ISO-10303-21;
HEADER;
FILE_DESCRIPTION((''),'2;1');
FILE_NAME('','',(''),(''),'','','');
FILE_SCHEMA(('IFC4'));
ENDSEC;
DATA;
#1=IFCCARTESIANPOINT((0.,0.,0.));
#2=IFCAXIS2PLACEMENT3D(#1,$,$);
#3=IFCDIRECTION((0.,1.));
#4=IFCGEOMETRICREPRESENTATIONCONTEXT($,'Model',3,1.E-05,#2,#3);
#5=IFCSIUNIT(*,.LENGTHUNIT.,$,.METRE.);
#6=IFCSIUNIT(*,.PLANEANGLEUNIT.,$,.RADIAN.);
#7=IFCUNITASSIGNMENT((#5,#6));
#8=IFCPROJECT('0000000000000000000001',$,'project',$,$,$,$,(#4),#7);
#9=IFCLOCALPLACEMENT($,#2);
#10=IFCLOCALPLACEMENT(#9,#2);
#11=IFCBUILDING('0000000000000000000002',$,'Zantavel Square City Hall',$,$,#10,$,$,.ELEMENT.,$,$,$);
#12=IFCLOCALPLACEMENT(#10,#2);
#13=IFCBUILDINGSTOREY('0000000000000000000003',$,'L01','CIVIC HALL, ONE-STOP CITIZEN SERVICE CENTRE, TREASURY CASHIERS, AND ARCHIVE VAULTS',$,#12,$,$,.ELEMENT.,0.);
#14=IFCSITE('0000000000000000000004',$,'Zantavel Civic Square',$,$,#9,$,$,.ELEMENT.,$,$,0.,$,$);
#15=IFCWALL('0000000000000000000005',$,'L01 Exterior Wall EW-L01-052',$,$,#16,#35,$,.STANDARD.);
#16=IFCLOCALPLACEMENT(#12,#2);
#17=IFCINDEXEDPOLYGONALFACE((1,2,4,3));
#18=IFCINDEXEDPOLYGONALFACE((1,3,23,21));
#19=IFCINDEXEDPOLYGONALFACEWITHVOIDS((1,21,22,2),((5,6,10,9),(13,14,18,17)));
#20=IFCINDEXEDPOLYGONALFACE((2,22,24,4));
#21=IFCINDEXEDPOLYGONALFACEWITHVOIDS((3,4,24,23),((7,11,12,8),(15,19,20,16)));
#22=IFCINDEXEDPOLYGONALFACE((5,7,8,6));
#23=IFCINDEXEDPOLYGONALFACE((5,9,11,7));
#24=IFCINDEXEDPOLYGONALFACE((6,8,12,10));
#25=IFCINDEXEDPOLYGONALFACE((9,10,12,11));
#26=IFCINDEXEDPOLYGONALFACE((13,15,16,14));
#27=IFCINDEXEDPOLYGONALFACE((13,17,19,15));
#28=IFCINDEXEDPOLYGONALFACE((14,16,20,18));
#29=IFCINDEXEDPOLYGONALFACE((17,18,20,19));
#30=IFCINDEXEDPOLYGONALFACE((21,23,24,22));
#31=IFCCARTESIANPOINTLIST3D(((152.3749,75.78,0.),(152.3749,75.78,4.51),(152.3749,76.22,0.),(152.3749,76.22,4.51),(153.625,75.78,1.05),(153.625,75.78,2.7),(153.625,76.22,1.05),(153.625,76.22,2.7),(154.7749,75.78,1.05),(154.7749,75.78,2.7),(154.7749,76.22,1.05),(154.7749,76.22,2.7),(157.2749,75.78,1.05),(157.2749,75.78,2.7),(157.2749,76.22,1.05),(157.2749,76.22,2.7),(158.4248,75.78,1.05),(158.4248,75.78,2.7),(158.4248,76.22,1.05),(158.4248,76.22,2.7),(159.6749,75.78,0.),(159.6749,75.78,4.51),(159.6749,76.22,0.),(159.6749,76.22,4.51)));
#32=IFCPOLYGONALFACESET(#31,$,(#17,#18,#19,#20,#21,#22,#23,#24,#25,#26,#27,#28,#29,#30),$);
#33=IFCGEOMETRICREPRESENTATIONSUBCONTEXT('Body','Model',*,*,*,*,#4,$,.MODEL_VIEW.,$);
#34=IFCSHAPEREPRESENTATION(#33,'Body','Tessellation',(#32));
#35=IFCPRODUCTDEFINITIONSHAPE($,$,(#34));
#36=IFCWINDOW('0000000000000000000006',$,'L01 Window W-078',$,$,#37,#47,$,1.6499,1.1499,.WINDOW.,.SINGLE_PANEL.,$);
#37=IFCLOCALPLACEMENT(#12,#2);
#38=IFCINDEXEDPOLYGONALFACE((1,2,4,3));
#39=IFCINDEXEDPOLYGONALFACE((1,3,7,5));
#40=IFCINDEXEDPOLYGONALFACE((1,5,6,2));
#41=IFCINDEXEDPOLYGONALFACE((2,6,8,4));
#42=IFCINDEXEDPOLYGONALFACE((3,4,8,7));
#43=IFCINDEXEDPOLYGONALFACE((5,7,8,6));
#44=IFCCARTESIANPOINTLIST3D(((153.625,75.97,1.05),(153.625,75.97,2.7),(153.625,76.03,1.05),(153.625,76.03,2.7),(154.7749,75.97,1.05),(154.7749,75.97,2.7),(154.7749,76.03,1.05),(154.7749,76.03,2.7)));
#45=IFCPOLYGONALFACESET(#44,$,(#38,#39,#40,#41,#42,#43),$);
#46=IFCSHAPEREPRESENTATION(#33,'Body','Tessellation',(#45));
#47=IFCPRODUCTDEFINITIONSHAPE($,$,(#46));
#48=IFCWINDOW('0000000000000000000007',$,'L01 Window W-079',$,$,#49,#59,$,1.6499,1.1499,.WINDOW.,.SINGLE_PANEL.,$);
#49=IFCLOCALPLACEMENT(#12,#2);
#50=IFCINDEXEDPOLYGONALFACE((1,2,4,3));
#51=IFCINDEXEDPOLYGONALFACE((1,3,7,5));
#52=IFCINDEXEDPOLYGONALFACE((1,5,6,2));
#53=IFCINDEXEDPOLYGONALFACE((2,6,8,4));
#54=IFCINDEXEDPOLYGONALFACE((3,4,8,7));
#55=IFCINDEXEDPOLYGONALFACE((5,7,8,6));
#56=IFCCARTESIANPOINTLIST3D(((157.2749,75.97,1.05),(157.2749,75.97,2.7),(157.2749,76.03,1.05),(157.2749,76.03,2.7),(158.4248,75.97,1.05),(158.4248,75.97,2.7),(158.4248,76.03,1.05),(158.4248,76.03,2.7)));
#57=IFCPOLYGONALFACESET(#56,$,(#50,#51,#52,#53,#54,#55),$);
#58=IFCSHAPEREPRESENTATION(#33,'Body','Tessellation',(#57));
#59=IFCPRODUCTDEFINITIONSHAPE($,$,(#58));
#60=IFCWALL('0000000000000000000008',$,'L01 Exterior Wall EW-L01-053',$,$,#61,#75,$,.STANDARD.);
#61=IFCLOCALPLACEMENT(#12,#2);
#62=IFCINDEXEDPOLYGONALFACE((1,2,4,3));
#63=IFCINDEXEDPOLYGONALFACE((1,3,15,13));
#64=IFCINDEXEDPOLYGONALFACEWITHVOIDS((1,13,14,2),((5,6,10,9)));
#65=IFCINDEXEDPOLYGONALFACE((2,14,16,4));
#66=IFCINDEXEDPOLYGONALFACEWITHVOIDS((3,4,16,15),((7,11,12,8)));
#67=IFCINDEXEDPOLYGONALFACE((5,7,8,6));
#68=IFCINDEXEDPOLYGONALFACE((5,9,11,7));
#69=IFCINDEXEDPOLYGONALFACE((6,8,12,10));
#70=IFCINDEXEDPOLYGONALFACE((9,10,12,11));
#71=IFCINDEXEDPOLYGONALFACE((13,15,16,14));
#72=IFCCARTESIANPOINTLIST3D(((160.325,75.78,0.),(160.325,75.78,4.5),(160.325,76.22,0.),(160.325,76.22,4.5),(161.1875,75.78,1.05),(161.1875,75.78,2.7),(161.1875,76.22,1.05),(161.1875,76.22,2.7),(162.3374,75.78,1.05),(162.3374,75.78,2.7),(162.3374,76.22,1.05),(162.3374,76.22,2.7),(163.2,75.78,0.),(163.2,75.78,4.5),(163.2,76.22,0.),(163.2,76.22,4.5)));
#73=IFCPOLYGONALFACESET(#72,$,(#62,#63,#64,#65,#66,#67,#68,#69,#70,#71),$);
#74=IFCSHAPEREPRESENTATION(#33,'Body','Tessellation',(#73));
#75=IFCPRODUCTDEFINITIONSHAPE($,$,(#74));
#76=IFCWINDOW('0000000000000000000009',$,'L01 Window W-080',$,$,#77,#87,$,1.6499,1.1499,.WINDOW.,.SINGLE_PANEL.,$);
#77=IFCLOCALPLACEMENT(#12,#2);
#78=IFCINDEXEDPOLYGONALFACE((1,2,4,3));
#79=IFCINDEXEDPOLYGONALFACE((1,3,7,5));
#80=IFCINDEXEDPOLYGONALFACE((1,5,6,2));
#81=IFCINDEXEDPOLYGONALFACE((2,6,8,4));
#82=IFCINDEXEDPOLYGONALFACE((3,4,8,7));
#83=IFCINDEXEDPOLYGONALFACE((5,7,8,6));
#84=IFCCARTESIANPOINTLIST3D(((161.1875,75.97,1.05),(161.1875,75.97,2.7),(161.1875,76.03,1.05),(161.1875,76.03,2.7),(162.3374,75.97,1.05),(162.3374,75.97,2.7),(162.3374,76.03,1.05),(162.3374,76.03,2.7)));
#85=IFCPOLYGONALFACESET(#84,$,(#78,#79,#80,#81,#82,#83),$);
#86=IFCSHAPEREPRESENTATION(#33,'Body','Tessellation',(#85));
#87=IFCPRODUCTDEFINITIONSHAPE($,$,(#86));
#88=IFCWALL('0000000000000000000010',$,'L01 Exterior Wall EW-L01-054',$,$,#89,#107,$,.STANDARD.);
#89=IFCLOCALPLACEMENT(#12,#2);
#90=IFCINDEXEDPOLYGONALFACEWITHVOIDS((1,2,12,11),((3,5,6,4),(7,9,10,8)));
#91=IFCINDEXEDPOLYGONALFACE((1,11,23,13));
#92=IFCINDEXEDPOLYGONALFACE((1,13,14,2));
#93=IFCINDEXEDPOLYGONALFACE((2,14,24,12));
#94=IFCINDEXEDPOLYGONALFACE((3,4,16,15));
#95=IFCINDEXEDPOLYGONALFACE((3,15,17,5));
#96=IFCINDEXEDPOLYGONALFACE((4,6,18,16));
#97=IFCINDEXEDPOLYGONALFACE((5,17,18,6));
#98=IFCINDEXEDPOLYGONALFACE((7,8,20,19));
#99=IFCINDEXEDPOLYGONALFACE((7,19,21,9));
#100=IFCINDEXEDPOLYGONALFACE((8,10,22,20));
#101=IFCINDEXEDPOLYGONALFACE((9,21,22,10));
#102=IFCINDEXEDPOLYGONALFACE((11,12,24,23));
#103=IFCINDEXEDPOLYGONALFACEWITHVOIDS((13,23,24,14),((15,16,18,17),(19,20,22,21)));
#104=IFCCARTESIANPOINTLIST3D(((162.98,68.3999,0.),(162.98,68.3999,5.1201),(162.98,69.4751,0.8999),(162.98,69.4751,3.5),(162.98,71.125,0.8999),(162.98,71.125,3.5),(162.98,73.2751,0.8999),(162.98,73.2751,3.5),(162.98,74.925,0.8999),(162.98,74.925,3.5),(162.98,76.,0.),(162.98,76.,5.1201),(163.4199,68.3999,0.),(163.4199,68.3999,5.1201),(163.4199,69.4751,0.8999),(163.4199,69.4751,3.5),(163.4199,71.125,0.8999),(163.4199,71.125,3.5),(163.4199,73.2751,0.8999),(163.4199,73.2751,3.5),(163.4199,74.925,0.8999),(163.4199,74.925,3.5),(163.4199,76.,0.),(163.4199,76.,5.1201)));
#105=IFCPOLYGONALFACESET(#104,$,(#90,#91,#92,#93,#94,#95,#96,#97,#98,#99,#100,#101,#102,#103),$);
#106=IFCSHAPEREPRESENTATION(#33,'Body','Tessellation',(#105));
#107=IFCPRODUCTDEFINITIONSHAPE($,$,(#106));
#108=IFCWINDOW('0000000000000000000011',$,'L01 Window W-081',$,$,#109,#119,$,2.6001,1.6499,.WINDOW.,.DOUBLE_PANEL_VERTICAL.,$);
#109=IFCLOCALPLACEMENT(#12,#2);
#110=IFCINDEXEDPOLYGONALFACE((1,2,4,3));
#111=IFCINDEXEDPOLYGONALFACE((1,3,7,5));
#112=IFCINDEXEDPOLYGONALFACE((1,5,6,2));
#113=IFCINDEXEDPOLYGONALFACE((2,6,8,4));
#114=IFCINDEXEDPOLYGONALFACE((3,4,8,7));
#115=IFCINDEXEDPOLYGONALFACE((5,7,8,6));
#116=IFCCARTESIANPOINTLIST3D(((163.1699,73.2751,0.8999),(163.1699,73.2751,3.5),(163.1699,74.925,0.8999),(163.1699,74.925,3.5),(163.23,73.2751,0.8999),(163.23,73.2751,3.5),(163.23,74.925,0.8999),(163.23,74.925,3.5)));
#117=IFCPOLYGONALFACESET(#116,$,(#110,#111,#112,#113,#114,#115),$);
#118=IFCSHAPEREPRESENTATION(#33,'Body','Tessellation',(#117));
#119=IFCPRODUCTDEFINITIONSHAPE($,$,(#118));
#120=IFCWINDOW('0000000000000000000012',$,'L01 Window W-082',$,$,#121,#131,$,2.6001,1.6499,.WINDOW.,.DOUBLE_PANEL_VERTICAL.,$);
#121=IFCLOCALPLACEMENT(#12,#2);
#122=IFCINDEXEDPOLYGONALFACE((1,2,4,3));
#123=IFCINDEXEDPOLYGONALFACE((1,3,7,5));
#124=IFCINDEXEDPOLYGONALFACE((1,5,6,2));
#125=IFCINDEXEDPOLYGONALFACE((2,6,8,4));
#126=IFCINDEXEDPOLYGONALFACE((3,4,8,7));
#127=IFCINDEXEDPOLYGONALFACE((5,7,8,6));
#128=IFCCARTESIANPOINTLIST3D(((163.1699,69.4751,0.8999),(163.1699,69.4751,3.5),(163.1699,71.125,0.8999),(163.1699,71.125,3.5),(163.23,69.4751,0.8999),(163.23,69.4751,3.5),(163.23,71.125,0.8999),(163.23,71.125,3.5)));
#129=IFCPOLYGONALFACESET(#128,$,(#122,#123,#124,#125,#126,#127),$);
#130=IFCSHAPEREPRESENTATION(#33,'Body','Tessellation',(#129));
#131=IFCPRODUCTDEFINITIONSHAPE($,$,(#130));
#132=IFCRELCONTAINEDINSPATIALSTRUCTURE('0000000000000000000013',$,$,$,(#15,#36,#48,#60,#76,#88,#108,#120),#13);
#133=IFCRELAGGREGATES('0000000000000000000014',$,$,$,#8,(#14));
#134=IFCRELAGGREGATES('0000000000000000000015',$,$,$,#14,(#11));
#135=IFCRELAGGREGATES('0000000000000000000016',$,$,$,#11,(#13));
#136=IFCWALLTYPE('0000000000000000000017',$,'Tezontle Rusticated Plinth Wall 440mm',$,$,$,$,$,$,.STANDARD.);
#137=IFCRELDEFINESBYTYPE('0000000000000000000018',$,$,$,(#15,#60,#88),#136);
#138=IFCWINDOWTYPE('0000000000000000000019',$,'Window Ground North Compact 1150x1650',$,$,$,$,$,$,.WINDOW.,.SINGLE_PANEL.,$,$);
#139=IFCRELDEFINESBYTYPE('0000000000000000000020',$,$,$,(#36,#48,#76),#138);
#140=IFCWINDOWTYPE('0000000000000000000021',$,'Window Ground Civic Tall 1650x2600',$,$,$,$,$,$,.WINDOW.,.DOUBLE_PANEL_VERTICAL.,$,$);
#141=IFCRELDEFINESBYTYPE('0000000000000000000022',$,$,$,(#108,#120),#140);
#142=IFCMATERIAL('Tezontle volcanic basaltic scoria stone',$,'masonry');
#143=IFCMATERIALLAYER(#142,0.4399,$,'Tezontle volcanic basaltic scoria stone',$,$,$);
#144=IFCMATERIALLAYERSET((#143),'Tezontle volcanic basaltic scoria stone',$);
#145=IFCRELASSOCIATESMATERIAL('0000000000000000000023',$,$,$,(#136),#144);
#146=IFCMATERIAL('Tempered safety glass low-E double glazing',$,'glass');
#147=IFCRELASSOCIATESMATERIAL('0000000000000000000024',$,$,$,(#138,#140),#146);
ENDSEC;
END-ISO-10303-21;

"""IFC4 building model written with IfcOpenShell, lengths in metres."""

from ifc_helpers import new_model, si_unit, direction, frame, frame_2d, origin, place, context, subcontext, project, spatial, rectangle, extrude, material, layer, layer_set, type_object, element, fill, save


model = new_model("IFC4")

# Units and contexts
model_context = context("Model", 3, precision=1e-05, world=origin(), true_north=direction((0.0, 1.0)))
body_context = subcontext(model_context, "Body", "Model", "MODEL_VIEW")
ifc_project = project(units=[si_unit("LENGTHUNIT", "METRE"), si_unit("PLANEANGLEUNIT", "RADIAN")], contexts=[model_context])

# Site, building, storey
site_placement = place(None, origin())
site = spatial("IfcSite", under=ifc_project, at=site_placement, Name="Zantavel Civic Square", CompositionType="ELEMENT", RefElevation=0.0)
building_placement = place(site_placement, origin())
building = spatial("IfcBuilding", under=site, at=building_placement, Name="Zantavel Square City Hall", CompositionType="ELEMENT")
storey_placement = place(building_placement, origin())
storey = spatial("IfcBuildingStorey", under=building, at=storey_placement, Name="L01", Description="CIVIC HALL, ONE-STOP CITIZEN SERVICE CENTRE, TREASURY CASHIERS, AND ARCHIVE VAULTS", CompositionType="ELEMENT", Elevation=0.0)

# Wall, openings, windows
ifc_material_1 = material(Name="Tezontle volcanic basaltic scoria stone", Category="masonry")
ifc_layer_1 = layer(ifc_material_1, 0.4399, Name="Tezontle volcanic basaltic scoria stone")
ifc_layer_set_1 = layer_set([ifc_layer_1], Name="Tezontle volcanic basaltic scoria stone")
wall_type_1 = type_object("IfcWallType", Name="Tezontle Rusticated Plinth Wall 440mm", PredefinedType="STANDARD", material=ifc_layer_set_1)
wall_1_placement = place(storey_placement, frame((152.375, 76.0, 0.0), z_axis=(0.0, 0.0, 1.0), x_axis=(1.0, 0.0, 0.0)))
wall_1 = element("IfcWall", 1, at=wall_1_placement, inside=storey, type_object=wall_type_1, Name="L01 Exterior Wall EW-L01-052", PredefinedType="STANDARD", context=body_context, shape_type="SweptSolid", body=[
    extrude(rectangle(XDim=7.3, YDim=0.4399, at=frame_2d((3.6499, 0.0))), origin(), (0.0, 0.0, 1.0), 4.51),
])
opening_1_placement = place(wall_1_placement, frame((1.25, 0.0, 1.05)))
opening_1 = element("IfcOpeningElement", 2, at=opening_1_placement, cuts=wall_1, PredefinedType="OPENING", context=body_context, shape_type="SweptSolid", body=[
    extrude(rectangle(XDim=1.1499, YDim=1.6499, at=frame_2d((0.575, 0.825))), frame((0.0, 0.23, 0.0), z_axis=(0.0, -1.0, 0.0), x_axis=(1.0, 0.0, 0.0)), (0.0, 0.0, 1.0), 0.46),
])
opening_2_placement = place(wall_1_placement, frame((4.8999, 0.0, 1.05)))
opening_2 = element("IfcOpeningElement", 3, at=opening_2_placement, cuts=wall_1, PredefinedType="OPENING", context=body_context, shape_type="SweptSolid", body=[
    extrude(rectangle(XDim=1.1499, YDim=1.6499, at=frame_2d((0.575, 0.825))), frame((0.0, 0.23, 0.0), z_axis=(0.0, -1.0, 0.0), x_axis=(1.0, 0.0, 0.0)), (0.0, 0.0, 1.0), 0.46),
])
ifc_material_2 = material(Name="Tempered safety glass low-E double glazing", Category="glass")
window_type_1 = type_object("IfcWindowType", Name="Window Ground North Compact 1150x1650", PartitioningType="SINGLE_PANEL", PredefinedType="WINDOW", material=ifc_material_2)
window_1_placement = place(opening_1_placement, origin())
window_1 = element("IfcWindow", 4, at=window_1_placement, inside=storey, type_object=window_type_1, Name="L01 Window W-078", OverallHeight=1.6499, OverallWidth=1.1499, PartitioningType="SINGLE_PANEL", PredefinedType="WINDOW", context=body_context, shape_type="SweptSolid", body=[
    extrude(rectangle(XDim=1.1499, YDim=1.6499, at=frame_2d((0.575, 0.825))), frame((0.0, 0.03, 0.0), z_axis=(0.0, -1.0, 0.0), x_axis=(1.0, 0.0, 0.0)), (0.0, 0.0, 1.0), 0.0601),
])
fill(opening_1, window_1)
window_2_placement = place(opening_2_placement, origin())
window_2 = element("IfcWindow", 5, at=window_2_placement, inside=storey, type_object=window_type_1, Name="L01 Window W-079", OverallHeight=1.6499, OverallWidth=1.1499, PartitioningType="SINGLE_PANEL", PredefinedType="WINDOW", context=body_context, shape_type="SweptSolid", body=[
    extrude(rectangle(XDim=1.1499, YDim=1.6499, at=frame_2d((0.575, 0.825))), frame((0.0, 0.03, 0.0), z_axis=(0.0, -1.0, 0.0), x_axis=(1.0, 0.0, 0.0)), (0.0, 0.0, 1.0), 0.0601),
])
fill(opening_2, window_2)

# Wall, opening, window
wall_2_placement = place(storey_placement, frame((160.325, 76.0, 0.0), z_axis=(0.0, 0.0, 1.0), x_axis=(1.0, 0.0, 0.0)))
wall_2 = element("IfcWall", 6, at=wall_2_placement, inside=storey, type_object=wall_type_1, Name="L01 Exterior Wall EW-L01-053", PredefinedType="STANDARD", context=body_context, shape_type="SweptSolid", body=[
    extrude(rectangle(XDim=2.875, YDim=0.4399, at=frame_2d((1.4375, 0.0))), origin(), (0.0, 0.0, 1.0), 4.5),
])
opening_3_placement = place(wall_2_placement, frame((0.8625, 0.0, 1.05)))
opening_3 = element("IfcOpeningElement", 7, at=opening_3_placement, cuts=wall_2, PredefinedType="OPENING", context=body_context, shape_type="SweptSolid", body=[
    extrude(rectangle(XDim=1.1499, YDim=1.6499, at=frame_2d((0.575, 0.825))), frame((0.0, 0.23, 0.0), z_axis=(0.0, -1.0, 0.0), x_axis=(1.0, 0.0, 0.0)), (0.0, 0.0, 1.0), 0.46),
])
window_3_placement = place(opening_3_placement, origin())
window_3 = element("IfcWindow", 8, at=window_3_placement, inside=storey, type_object=window_type_1, Name="L01 Window W-080", OverallHeight=1.6499, OverallWidth=1.1499, PartitioningType="SINGLE_PANEL", PredefinedType="WINDOW", context=body_context, shape_type="SweptSolid", body=[
    extrude(rectangle(XDim=1.1499, YDim=1.6499, at=frame_2d((0.575, 0.825))), frame((0.0, 0.03, 0.0), z_axis=(0.0, -1.0, 0.0), x_axis=(1.0, 0.0, 0.0)), (0.0, 0.0, 1.0), 0.0601),
])
fill(opening_3, window_3)

# Wall, openings, windows
wall_3_placement = place(storey_placement, frame((163.2, 76.0, 0.0), z_axis=(0.0, 0.0, 1.0), x_axis=(0.0, -1.0, 0.0)))
wall_3 = element("IfcWall", 9, at=wall_3_placement, inside=storey, type_object=wall_type_1, Name="L01 Exterior Wall EW-L01-054", PredefinedType="STANDARD", context=body_context, shape_type="SweptSolid", body=[
    extrude(rectangle(XDim=7.6001, YDim=0.4399, at=frame_2d((3.8, 0.0))), origin(), (0.0, 0.0, 1.0), 5.1201),
])
opening_4_placement = place(wall_3_placement, frame((1.075, 0.0, 0.8999)))
opening_4 = element("IfcOpeningElement", 10, at=opening_4_placement, cuts=wall_3, PredefinedType="OPENING", context=body_context, shape_type="SweptSolid", body=[
    extrude(rectangle(XDim=1.6499, YDim=2.6001, at=frame_2d((0.825, 1.3))), frame((0.0, 0.23, 0.0), z_axis=(0.0, -1.0, 0.0), x_axis=(1.0, 0.0, 0.0)), (0.0, 0.0, 1.0), 0.46),
])
opening_5_placement = place(wall_3_placement, frame((4.875, 0.0, 0.8999)))
opening_5 = element("IfcOpeningElement", 11, at=opening_5_placement, cuts=wall_3, PredefinedType="OPENING", context=body_context, shape_type="SweptSolid", body=[
    extrude(rectangle(XDim=1.6499, YDim=2.6001, at=frame_2d((0.825, 1.3))), frame((0.0, 0.23, 0.0), z_axis=(0.0, -1.0, 0.0), x_axis=(1.0, 0.0, 0.0)), (0.0, 0.0, 1.0), 0.46),
])
window_type_2 = type_object("IfcWindowType", Name="Window Ground Civic Tall 1650x2600", PartitioningType="DOUBLE_PANEL_VERTICAL", PredefinedType="WINDOW", material=ifc_material_2)
window_4_placement = place(opening_4_placement, origin())
window_4 = element("IfcWindow", 12, at=window_4_placement, inside=storey, type_object=window_type_2, Name="L01 Window W-081", OverallHeight=2.6001, OverallWidth=1.6499, PartitioningType="DOUBLE_PANEL_VERTICAL", PredefinedType="WINDOW", context=body_context, shape_type="SweptSolid", body=[
    extrude(rectangle(XDim=1.6499, YDim=2.6001, at=frame_2d((0.825, 1.3))), frame((0.0, 0.03, 0.0), z_axis=(0.0, -1.0, 0.0), x_axis=(1.0, 0.0, 0.0)), (0.0, 0.0, 1.0), 0.0601),
])
fill(opening_4, window_4)
window_5_placement = place(opening_5_placement, origin())
window_5 = element("IfcWindow", 13, at=window_5_placement, inside=storey, type_object=window_type_2, Name="L01 Window W-082", OverallHeight=2.6001, OverallWidth=1.6499, PartitioningType="DOUBLE_PANEL_VERTICAL", PredefinedType="WINDOW", context=body_context, shape_type="SweptSolid", body=[
    extrude(rectangle(XDim=1.6499, YDim=2.6001, at=frame_2d((0.825, 1.3))), frame((0.0, 0.03, 0.0), z_axis=(0.0, -1.0, 0.0), x_axis=(1.0, 0.0, 0.0)), (0.0, 0.0, 1.0), 0.0601),
])
fill(opening_5, window_5)

save(model, "model.ifc")
